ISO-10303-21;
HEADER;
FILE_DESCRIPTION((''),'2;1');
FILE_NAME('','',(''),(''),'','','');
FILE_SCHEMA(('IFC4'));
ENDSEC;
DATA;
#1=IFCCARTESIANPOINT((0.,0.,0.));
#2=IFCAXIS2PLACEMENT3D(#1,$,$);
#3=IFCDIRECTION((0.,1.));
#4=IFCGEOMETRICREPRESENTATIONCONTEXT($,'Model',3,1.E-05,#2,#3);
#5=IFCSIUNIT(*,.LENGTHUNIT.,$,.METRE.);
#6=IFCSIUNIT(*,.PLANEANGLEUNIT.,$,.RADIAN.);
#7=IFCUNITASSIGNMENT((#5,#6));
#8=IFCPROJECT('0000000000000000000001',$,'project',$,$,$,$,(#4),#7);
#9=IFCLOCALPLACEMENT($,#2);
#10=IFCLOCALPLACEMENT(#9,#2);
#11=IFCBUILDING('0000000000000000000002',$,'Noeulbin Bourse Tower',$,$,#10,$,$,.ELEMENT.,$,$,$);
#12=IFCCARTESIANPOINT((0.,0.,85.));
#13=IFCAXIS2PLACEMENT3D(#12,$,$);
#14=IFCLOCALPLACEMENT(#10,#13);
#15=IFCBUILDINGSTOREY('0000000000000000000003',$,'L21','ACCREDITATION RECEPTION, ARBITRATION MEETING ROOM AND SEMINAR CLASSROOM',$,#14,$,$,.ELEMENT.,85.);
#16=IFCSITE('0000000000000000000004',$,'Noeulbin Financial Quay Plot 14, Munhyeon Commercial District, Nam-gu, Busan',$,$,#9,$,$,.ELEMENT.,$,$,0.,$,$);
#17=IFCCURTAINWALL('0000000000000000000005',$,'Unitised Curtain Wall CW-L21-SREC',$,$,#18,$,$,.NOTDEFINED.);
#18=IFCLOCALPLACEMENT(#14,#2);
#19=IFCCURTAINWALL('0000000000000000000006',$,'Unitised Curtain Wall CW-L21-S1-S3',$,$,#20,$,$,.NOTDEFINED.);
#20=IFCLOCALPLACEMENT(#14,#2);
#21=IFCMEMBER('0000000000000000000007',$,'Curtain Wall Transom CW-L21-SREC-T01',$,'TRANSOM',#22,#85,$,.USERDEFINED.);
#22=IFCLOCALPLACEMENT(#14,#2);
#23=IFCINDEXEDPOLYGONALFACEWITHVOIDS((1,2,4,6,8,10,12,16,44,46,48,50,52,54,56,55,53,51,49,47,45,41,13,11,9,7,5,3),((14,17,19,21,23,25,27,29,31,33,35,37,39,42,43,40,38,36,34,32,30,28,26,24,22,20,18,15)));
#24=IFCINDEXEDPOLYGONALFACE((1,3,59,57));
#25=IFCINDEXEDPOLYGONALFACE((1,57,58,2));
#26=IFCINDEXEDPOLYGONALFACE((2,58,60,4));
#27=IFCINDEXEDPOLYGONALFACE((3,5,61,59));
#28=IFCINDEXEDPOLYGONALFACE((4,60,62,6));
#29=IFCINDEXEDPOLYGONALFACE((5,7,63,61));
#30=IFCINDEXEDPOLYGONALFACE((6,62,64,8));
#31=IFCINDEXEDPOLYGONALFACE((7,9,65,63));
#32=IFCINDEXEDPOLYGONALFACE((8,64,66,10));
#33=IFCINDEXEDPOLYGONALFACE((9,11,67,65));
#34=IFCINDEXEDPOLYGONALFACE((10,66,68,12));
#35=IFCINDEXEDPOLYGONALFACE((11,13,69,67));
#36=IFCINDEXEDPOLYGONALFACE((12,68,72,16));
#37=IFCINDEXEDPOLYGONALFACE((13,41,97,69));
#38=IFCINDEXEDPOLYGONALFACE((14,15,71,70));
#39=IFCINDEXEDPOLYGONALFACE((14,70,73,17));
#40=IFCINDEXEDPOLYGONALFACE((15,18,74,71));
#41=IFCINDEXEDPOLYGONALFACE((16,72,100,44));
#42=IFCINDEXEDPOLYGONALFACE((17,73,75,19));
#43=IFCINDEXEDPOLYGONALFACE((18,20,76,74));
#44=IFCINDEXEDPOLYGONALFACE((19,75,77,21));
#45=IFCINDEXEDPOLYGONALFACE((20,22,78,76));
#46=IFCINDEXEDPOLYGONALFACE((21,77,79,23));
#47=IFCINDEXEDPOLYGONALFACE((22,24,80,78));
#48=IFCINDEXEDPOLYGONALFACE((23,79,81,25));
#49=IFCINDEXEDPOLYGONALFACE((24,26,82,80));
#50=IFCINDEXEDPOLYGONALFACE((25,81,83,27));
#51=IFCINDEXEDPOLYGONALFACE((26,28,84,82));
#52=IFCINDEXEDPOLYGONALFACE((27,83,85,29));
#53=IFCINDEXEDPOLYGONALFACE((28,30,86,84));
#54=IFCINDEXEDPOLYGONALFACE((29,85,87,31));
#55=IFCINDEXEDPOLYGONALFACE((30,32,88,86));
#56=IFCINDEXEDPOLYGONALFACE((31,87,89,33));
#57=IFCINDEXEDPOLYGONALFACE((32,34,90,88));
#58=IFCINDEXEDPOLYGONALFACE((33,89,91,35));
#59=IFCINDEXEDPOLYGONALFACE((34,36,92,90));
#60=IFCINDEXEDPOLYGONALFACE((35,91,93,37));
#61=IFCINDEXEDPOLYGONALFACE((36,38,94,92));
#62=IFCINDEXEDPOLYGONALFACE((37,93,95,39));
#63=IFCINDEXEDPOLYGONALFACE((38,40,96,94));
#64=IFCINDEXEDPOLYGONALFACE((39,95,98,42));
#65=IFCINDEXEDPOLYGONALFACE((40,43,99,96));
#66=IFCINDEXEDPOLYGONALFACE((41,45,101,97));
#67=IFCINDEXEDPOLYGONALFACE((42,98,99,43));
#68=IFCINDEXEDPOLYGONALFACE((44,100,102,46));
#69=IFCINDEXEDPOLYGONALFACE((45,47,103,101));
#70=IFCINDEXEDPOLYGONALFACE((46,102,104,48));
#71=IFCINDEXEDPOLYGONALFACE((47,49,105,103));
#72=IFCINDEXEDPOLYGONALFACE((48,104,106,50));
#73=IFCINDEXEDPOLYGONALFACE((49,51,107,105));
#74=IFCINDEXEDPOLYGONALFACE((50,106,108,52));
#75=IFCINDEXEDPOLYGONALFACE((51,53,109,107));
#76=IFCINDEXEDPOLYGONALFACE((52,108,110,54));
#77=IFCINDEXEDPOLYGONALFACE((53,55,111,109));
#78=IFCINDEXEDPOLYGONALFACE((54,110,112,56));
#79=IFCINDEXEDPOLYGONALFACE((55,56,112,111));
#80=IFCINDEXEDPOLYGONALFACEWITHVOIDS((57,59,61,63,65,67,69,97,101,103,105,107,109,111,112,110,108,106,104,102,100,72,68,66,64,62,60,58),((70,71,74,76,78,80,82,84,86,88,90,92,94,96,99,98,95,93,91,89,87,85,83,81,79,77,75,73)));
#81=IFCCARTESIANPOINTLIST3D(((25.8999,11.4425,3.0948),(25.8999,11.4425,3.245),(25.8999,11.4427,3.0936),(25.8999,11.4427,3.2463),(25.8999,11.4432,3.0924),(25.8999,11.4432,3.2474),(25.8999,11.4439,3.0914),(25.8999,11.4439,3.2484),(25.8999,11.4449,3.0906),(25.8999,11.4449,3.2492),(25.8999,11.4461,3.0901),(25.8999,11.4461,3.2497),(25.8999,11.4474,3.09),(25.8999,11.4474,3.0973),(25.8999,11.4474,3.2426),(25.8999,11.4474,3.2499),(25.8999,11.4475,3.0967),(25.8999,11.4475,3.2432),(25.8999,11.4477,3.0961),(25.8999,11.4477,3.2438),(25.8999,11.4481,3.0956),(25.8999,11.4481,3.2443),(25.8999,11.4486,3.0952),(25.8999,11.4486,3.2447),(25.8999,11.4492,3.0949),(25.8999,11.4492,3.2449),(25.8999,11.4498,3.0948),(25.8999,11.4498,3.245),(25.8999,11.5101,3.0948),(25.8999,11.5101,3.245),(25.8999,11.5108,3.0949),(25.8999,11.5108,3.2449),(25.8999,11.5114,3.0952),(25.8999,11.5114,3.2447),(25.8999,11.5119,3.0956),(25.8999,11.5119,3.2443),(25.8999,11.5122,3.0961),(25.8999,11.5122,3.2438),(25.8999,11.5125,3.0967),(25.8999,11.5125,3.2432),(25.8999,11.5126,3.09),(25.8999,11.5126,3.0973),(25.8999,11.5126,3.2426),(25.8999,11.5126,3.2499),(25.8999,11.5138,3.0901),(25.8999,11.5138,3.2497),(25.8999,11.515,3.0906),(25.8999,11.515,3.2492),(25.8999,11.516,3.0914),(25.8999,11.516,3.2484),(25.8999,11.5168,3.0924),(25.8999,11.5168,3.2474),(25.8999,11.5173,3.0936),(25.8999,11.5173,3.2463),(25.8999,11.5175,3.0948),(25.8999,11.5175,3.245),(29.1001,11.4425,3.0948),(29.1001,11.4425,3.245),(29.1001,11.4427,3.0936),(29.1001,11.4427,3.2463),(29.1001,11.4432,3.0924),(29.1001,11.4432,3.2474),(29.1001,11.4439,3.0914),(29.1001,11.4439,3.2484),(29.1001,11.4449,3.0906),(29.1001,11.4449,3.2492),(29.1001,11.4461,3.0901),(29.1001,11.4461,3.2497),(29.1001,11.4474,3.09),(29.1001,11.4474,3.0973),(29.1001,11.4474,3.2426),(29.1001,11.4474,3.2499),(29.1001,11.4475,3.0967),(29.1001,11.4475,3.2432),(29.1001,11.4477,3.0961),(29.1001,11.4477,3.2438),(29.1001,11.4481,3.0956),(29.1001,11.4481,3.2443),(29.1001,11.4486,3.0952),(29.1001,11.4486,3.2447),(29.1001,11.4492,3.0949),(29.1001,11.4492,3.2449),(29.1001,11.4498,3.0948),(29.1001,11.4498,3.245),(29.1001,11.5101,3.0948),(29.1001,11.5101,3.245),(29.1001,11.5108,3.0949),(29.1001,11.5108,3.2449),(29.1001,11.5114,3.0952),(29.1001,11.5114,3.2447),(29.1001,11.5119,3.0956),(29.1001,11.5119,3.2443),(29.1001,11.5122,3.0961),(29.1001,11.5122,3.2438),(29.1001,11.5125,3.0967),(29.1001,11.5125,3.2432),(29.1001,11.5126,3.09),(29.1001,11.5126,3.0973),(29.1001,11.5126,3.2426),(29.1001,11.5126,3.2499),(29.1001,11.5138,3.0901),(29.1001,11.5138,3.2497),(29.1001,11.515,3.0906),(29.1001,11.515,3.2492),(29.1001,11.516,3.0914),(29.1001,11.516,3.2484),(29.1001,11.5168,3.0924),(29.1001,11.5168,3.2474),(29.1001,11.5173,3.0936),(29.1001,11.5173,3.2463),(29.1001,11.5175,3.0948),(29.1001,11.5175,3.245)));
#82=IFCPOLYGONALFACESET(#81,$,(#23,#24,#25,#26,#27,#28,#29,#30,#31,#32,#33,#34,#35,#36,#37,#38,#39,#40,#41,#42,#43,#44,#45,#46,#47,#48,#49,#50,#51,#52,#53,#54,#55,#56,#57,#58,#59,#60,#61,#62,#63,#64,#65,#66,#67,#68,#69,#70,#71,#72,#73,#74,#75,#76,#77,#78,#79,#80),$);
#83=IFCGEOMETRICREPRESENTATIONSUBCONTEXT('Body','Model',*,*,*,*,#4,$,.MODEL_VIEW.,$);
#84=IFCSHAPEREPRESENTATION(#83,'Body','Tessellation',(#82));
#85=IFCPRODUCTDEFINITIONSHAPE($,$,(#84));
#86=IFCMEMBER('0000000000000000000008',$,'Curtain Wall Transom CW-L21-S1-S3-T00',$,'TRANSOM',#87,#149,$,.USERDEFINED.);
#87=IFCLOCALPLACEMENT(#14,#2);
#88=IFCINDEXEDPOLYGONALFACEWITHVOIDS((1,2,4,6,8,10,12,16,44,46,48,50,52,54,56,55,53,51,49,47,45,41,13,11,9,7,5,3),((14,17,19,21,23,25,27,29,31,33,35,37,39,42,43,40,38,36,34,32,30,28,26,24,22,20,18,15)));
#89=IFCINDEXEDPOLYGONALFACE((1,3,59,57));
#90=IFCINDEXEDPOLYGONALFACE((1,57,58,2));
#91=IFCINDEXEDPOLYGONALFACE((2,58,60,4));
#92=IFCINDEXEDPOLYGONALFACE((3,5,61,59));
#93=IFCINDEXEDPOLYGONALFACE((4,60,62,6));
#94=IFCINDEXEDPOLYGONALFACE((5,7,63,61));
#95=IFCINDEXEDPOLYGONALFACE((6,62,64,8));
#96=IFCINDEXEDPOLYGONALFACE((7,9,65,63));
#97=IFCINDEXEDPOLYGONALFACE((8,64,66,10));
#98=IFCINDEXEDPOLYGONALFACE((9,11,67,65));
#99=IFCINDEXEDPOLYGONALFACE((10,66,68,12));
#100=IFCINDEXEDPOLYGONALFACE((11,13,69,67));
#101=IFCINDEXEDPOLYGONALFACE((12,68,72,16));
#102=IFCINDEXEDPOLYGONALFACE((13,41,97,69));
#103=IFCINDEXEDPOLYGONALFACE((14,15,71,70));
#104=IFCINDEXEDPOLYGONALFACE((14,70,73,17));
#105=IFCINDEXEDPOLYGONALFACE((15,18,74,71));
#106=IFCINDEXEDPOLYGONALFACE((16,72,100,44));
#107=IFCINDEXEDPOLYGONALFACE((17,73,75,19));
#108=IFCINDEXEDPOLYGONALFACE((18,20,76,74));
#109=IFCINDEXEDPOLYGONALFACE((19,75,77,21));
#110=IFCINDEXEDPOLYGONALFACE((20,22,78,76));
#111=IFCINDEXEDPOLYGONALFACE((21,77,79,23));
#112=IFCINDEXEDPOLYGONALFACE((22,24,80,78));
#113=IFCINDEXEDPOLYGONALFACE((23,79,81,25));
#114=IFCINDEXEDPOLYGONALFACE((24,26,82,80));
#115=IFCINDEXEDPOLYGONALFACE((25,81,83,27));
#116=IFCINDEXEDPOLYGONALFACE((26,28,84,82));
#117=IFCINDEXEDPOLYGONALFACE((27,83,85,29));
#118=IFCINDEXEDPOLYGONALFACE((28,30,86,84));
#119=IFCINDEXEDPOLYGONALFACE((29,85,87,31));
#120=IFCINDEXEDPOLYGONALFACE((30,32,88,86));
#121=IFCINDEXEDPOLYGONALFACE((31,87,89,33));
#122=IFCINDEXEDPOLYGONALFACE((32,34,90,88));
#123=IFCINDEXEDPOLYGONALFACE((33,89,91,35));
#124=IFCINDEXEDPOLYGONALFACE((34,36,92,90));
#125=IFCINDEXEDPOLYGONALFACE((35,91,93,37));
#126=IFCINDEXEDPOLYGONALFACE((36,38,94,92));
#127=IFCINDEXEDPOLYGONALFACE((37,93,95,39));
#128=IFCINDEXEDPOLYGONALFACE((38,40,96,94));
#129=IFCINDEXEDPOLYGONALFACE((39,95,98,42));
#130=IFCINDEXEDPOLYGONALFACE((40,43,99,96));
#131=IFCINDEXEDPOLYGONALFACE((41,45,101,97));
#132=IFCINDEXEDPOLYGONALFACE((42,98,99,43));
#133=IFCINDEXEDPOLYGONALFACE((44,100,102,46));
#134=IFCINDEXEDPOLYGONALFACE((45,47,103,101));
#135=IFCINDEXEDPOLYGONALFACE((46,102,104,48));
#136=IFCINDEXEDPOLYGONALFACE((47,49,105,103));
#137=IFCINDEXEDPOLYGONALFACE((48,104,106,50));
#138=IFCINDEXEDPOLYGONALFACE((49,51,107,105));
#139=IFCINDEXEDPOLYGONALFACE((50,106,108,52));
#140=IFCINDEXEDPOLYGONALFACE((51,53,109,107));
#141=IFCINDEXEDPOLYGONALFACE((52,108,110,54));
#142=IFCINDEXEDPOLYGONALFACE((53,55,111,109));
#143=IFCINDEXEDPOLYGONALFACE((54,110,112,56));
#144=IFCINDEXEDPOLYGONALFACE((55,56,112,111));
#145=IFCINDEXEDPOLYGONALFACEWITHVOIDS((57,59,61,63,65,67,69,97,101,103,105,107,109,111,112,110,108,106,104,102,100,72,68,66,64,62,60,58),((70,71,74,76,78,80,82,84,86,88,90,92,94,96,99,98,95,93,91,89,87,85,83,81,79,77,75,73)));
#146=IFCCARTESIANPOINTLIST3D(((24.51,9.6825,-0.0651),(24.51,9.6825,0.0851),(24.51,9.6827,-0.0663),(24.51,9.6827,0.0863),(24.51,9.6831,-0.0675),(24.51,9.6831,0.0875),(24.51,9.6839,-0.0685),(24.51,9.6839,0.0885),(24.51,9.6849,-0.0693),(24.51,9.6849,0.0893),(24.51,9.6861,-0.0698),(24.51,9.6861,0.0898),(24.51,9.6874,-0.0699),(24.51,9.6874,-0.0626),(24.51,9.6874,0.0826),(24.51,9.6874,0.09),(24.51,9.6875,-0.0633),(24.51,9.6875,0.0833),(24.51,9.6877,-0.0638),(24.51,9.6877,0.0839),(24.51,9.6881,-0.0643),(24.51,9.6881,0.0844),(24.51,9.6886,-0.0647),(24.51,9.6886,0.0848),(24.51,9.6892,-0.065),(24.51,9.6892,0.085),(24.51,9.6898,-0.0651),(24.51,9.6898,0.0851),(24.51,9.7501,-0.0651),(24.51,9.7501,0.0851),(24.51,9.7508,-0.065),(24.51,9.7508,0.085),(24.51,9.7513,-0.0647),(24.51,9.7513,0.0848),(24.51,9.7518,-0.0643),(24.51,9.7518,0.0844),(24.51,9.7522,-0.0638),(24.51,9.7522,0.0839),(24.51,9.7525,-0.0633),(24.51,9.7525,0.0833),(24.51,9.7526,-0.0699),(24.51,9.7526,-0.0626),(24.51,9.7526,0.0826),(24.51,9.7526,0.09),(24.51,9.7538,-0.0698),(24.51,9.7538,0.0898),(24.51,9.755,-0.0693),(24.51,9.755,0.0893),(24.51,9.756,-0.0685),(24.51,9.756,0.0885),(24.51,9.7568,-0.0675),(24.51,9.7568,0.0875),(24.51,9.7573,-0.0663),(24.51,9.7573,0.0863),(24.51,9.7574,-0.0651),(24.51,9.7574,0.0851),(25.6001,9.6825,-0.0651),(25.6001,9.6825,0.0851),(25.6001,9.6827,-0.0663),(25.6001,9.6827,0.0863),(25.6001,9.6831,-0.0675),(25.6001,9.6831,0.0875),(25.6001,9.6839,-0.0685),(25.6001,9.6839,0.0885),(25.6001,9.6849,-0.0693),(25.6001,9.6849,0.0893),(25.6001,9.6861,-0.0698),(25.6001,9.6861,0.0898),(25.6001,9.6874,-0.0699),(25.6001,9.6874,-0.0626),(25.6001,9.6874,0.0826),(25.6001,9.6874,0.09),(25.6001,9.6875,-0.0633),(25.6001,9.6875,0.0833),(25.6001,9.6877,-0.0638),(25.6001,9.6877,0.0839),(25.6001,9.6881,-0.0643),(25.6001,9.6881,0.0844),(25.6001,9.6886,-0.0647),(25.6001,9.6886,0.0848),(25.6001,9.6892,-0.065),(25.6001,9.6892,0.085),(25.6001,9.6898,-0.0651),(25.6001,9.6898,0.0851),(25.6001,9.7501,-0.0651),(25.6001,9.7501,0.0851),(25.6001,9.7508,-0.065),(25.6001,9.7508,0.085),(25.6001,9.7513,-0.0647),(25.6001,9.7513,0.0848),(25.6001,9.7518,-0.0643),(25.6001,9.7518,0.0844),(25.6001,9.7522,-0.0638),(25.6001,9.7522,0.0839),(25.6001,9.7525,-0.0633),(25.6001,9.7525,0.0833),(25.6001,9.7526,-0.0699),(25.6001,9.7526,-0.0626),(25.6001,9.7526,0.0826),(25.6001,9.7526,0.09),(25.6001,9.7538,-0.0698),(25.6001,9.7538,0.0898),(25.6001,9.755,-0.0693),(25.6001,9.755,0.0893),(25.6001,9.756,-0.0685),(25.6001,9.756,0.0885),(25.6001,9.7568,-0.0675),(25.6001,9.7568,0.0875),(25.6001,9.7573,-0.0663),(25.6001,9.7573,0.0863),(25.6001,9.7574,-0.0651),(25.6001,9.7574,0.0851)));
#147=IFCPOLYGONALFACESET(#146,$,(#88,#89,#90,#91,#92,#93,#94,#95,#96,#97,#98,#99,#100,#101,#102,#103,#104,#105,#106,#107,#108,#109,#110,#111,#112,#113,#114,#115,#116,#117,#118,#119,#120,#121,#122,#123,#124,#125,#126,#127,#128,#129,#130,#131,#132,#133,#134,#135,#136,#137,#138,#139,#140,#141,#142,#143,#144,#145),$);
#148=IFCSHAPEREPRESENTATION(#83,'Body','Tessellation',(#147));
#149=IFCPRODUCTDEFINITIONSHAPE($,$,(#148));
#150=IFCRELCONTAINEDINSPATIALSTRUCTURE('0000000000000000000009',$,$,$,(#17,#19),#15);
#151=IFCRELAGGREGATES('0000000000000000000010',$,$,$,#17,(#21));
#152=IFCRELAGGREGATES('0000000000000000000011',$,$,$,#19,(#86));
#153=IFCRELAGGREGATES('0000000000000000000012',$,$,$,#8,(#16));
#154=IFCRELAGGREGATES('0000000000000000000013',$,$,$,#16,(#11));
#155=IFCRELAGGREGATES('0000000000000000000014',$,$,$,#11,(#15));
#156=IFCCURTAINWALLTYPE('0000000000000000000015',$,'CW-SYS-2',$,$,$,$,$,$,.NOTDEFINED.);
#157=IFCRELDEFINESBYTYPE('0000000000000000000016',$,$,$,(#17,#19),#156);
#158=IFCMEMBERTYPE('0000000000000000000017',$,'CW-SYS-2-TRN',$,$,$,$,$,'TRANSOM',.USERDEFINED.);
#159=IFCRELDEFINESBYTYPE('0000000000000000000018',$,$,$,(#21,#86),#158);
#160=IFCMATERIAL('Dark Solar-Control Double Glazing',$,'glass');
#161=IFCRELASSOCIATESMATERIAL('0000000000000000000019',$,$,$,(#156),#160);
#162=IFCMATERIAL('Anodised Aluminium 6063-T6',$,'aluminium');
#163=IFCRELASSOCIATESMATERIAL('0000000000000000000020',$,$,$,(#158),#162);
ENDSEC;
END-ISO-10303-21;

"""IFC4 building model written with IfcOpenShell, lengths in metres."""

from ifc_helpers import new_model, si_unit, direction, frame, origin, origin_2d, place, context, subcontext, project, spatial, hollow_rectangle, extrude, material, material_profile, profile_set, type_object, element, aggregate, save


model = new_model("IFC4")

# Units and contexts
model_context = context("Model", 3, precision=1e-05, world=origin(), true_north=direction((0.0, 1.0)))
body_context = subcontext(model_context, "Body", "Model", "MODEL_VIEW")
ifc_project = project(units=[si_unit("LENGTHUNIT", "METRE"), si_unit("PLANEANGLEUNIT", "RADIAN")], contexts=[model_context])

# Site, building, storey
site_placement = place(None, origin())
site = spatial("IfcSite", under=ifc_project, at=site_placement, Name="Noeulbin Financial Quay Plot 14, Munhyeon Commercial District, Nam-gu, Busan", CompositionType="ELEMENT", RefElevation=0.0)
building_placement = place(site_placement, origin())
building = spatial("IfcBuilding", under=site, at=building_placement, Name="Noeulbin Bourse Tower", CompositionType="ELEMENT")
storey_placement = place(building_placement, frame((0.0, 0.0, 85.0)))
storey = spatial("IfcBuildingStorey", under=building, at=storey_placement, Name="L21", Description="ACCREDITATION RECEPTION, ARBITRATION MEETING ROOM AND SEMINAR CLASSROOM", CompositionType="ELEMENT", Elevation=85.0)

# Curtain wall
ifc_material_1 = material(Name="Dark Solar-Control Double Glazing", Category="glass")
curtain_wall_type = type_object("IfcCurtainWallType", Name="CW-SYS-2", PredefinedType="NOTDEFINED", material=ifc_material_1)
curtain_wall_1_placement = place(storey_placement, origin())
curtain_wall_1 = element("IfcCurtainWall", 1, at=curtain_wall_1_placement, inside=storey, type_object=curtain_wall_type, Name="Unitised Curtain Wall CW-L21-SREC", PredefinedType="NOTDEFINED")
ifc_material_2 = material(Name="Anodised Aluminium 6063-T6", Category="aluminium")

# Curtain wall
curtain_wall_2_placement = place(storey_placement, origin())
curtain_wall_2 = element("IfcCurtainWall", 2, at=curtain_wall_2_placement, inside=storey, type_object=curtain_wall_type, Name="Unitised Curtain Wall CW-L21-S1-S3", PredefinedType="NOTDEFINED")

# Members
ifc_material_profile_1 = material_profile(ifc_material_2, hollow_rectangle(XDim=0.075, YDim=0.1599, WallThickness=0.0049, InnerFilletRadius=0.0024, OuterFilletRadius=0.0049, at=origin_2d()), Name="ALU-TRAN-75x160x5", Category="LoadBearing")
ifc_profile_set_1 = profile_set([ifc_material_profile_1], Name="Anodised Aluminium 6063-T6")
member_type_1 = type_object("IfcMemberType", Name="CW-SYS-2-TRN", ElementType="TRANSOM", PredefinedType="USERDEFINED", material=ifc_profile_set_1)
member_1_placement = place(storey_placement, frame((25.8999, 11.48, 3.1699), z_axis=(1.0, 0.0, 0.0), x_axis=(0.0, 1.0, 0.0)))
member_1 = element("IfcMember", 3, at=member_1_placement, type_object=member_type_1, Name="Curtain Wall Transom CW-L21-SREC-T01", ObjectType="TRANSOM", PredefinedType="USERDEFINED", context=body_context, shape_type="SweptSolid", body=[
    extrude(hollow_rectangle(XDim=0.075, YDim=0.1599, WallThickness=0.0049, InnerFilletRadius=0.0024, OuterFilletRadius=0.0049, at=origin_2d()), origin(), (0.0, 0.0, 1.0), 3.2002),
])
aggregate(curtain_wall_1, [member_1])
member_2_placement = place(storey_placement, frame((24.51, 9.72, 0.01), z_axis=(1.0, 0.0, 0.0), x_axis=(0.0, 1.0, 0.0)))
member_2 = element("IfcMember", 4, at=member_2_placement, type_object=member_type_1, Name="Curtain Wall Transom CW-L21-S1-S3-T00", ObjectType="TRANSOM", PredefinedType="USERDEFINED", context=body_context, shape_type="SweptSolid", body=[
    extrude(hollow_rectangle(XDim=0.075, YDim=0.1599, WallThickness=0.0049, InnerFilletRadius=0.0024, OuterFilletRadius=0.0049, at=origin_2d()), origin(), (0.0, 0.0, 1.0), 1.0901),
])

aggregate(curtain_wall_2, [member_2])

save(model, "model.ifc")
